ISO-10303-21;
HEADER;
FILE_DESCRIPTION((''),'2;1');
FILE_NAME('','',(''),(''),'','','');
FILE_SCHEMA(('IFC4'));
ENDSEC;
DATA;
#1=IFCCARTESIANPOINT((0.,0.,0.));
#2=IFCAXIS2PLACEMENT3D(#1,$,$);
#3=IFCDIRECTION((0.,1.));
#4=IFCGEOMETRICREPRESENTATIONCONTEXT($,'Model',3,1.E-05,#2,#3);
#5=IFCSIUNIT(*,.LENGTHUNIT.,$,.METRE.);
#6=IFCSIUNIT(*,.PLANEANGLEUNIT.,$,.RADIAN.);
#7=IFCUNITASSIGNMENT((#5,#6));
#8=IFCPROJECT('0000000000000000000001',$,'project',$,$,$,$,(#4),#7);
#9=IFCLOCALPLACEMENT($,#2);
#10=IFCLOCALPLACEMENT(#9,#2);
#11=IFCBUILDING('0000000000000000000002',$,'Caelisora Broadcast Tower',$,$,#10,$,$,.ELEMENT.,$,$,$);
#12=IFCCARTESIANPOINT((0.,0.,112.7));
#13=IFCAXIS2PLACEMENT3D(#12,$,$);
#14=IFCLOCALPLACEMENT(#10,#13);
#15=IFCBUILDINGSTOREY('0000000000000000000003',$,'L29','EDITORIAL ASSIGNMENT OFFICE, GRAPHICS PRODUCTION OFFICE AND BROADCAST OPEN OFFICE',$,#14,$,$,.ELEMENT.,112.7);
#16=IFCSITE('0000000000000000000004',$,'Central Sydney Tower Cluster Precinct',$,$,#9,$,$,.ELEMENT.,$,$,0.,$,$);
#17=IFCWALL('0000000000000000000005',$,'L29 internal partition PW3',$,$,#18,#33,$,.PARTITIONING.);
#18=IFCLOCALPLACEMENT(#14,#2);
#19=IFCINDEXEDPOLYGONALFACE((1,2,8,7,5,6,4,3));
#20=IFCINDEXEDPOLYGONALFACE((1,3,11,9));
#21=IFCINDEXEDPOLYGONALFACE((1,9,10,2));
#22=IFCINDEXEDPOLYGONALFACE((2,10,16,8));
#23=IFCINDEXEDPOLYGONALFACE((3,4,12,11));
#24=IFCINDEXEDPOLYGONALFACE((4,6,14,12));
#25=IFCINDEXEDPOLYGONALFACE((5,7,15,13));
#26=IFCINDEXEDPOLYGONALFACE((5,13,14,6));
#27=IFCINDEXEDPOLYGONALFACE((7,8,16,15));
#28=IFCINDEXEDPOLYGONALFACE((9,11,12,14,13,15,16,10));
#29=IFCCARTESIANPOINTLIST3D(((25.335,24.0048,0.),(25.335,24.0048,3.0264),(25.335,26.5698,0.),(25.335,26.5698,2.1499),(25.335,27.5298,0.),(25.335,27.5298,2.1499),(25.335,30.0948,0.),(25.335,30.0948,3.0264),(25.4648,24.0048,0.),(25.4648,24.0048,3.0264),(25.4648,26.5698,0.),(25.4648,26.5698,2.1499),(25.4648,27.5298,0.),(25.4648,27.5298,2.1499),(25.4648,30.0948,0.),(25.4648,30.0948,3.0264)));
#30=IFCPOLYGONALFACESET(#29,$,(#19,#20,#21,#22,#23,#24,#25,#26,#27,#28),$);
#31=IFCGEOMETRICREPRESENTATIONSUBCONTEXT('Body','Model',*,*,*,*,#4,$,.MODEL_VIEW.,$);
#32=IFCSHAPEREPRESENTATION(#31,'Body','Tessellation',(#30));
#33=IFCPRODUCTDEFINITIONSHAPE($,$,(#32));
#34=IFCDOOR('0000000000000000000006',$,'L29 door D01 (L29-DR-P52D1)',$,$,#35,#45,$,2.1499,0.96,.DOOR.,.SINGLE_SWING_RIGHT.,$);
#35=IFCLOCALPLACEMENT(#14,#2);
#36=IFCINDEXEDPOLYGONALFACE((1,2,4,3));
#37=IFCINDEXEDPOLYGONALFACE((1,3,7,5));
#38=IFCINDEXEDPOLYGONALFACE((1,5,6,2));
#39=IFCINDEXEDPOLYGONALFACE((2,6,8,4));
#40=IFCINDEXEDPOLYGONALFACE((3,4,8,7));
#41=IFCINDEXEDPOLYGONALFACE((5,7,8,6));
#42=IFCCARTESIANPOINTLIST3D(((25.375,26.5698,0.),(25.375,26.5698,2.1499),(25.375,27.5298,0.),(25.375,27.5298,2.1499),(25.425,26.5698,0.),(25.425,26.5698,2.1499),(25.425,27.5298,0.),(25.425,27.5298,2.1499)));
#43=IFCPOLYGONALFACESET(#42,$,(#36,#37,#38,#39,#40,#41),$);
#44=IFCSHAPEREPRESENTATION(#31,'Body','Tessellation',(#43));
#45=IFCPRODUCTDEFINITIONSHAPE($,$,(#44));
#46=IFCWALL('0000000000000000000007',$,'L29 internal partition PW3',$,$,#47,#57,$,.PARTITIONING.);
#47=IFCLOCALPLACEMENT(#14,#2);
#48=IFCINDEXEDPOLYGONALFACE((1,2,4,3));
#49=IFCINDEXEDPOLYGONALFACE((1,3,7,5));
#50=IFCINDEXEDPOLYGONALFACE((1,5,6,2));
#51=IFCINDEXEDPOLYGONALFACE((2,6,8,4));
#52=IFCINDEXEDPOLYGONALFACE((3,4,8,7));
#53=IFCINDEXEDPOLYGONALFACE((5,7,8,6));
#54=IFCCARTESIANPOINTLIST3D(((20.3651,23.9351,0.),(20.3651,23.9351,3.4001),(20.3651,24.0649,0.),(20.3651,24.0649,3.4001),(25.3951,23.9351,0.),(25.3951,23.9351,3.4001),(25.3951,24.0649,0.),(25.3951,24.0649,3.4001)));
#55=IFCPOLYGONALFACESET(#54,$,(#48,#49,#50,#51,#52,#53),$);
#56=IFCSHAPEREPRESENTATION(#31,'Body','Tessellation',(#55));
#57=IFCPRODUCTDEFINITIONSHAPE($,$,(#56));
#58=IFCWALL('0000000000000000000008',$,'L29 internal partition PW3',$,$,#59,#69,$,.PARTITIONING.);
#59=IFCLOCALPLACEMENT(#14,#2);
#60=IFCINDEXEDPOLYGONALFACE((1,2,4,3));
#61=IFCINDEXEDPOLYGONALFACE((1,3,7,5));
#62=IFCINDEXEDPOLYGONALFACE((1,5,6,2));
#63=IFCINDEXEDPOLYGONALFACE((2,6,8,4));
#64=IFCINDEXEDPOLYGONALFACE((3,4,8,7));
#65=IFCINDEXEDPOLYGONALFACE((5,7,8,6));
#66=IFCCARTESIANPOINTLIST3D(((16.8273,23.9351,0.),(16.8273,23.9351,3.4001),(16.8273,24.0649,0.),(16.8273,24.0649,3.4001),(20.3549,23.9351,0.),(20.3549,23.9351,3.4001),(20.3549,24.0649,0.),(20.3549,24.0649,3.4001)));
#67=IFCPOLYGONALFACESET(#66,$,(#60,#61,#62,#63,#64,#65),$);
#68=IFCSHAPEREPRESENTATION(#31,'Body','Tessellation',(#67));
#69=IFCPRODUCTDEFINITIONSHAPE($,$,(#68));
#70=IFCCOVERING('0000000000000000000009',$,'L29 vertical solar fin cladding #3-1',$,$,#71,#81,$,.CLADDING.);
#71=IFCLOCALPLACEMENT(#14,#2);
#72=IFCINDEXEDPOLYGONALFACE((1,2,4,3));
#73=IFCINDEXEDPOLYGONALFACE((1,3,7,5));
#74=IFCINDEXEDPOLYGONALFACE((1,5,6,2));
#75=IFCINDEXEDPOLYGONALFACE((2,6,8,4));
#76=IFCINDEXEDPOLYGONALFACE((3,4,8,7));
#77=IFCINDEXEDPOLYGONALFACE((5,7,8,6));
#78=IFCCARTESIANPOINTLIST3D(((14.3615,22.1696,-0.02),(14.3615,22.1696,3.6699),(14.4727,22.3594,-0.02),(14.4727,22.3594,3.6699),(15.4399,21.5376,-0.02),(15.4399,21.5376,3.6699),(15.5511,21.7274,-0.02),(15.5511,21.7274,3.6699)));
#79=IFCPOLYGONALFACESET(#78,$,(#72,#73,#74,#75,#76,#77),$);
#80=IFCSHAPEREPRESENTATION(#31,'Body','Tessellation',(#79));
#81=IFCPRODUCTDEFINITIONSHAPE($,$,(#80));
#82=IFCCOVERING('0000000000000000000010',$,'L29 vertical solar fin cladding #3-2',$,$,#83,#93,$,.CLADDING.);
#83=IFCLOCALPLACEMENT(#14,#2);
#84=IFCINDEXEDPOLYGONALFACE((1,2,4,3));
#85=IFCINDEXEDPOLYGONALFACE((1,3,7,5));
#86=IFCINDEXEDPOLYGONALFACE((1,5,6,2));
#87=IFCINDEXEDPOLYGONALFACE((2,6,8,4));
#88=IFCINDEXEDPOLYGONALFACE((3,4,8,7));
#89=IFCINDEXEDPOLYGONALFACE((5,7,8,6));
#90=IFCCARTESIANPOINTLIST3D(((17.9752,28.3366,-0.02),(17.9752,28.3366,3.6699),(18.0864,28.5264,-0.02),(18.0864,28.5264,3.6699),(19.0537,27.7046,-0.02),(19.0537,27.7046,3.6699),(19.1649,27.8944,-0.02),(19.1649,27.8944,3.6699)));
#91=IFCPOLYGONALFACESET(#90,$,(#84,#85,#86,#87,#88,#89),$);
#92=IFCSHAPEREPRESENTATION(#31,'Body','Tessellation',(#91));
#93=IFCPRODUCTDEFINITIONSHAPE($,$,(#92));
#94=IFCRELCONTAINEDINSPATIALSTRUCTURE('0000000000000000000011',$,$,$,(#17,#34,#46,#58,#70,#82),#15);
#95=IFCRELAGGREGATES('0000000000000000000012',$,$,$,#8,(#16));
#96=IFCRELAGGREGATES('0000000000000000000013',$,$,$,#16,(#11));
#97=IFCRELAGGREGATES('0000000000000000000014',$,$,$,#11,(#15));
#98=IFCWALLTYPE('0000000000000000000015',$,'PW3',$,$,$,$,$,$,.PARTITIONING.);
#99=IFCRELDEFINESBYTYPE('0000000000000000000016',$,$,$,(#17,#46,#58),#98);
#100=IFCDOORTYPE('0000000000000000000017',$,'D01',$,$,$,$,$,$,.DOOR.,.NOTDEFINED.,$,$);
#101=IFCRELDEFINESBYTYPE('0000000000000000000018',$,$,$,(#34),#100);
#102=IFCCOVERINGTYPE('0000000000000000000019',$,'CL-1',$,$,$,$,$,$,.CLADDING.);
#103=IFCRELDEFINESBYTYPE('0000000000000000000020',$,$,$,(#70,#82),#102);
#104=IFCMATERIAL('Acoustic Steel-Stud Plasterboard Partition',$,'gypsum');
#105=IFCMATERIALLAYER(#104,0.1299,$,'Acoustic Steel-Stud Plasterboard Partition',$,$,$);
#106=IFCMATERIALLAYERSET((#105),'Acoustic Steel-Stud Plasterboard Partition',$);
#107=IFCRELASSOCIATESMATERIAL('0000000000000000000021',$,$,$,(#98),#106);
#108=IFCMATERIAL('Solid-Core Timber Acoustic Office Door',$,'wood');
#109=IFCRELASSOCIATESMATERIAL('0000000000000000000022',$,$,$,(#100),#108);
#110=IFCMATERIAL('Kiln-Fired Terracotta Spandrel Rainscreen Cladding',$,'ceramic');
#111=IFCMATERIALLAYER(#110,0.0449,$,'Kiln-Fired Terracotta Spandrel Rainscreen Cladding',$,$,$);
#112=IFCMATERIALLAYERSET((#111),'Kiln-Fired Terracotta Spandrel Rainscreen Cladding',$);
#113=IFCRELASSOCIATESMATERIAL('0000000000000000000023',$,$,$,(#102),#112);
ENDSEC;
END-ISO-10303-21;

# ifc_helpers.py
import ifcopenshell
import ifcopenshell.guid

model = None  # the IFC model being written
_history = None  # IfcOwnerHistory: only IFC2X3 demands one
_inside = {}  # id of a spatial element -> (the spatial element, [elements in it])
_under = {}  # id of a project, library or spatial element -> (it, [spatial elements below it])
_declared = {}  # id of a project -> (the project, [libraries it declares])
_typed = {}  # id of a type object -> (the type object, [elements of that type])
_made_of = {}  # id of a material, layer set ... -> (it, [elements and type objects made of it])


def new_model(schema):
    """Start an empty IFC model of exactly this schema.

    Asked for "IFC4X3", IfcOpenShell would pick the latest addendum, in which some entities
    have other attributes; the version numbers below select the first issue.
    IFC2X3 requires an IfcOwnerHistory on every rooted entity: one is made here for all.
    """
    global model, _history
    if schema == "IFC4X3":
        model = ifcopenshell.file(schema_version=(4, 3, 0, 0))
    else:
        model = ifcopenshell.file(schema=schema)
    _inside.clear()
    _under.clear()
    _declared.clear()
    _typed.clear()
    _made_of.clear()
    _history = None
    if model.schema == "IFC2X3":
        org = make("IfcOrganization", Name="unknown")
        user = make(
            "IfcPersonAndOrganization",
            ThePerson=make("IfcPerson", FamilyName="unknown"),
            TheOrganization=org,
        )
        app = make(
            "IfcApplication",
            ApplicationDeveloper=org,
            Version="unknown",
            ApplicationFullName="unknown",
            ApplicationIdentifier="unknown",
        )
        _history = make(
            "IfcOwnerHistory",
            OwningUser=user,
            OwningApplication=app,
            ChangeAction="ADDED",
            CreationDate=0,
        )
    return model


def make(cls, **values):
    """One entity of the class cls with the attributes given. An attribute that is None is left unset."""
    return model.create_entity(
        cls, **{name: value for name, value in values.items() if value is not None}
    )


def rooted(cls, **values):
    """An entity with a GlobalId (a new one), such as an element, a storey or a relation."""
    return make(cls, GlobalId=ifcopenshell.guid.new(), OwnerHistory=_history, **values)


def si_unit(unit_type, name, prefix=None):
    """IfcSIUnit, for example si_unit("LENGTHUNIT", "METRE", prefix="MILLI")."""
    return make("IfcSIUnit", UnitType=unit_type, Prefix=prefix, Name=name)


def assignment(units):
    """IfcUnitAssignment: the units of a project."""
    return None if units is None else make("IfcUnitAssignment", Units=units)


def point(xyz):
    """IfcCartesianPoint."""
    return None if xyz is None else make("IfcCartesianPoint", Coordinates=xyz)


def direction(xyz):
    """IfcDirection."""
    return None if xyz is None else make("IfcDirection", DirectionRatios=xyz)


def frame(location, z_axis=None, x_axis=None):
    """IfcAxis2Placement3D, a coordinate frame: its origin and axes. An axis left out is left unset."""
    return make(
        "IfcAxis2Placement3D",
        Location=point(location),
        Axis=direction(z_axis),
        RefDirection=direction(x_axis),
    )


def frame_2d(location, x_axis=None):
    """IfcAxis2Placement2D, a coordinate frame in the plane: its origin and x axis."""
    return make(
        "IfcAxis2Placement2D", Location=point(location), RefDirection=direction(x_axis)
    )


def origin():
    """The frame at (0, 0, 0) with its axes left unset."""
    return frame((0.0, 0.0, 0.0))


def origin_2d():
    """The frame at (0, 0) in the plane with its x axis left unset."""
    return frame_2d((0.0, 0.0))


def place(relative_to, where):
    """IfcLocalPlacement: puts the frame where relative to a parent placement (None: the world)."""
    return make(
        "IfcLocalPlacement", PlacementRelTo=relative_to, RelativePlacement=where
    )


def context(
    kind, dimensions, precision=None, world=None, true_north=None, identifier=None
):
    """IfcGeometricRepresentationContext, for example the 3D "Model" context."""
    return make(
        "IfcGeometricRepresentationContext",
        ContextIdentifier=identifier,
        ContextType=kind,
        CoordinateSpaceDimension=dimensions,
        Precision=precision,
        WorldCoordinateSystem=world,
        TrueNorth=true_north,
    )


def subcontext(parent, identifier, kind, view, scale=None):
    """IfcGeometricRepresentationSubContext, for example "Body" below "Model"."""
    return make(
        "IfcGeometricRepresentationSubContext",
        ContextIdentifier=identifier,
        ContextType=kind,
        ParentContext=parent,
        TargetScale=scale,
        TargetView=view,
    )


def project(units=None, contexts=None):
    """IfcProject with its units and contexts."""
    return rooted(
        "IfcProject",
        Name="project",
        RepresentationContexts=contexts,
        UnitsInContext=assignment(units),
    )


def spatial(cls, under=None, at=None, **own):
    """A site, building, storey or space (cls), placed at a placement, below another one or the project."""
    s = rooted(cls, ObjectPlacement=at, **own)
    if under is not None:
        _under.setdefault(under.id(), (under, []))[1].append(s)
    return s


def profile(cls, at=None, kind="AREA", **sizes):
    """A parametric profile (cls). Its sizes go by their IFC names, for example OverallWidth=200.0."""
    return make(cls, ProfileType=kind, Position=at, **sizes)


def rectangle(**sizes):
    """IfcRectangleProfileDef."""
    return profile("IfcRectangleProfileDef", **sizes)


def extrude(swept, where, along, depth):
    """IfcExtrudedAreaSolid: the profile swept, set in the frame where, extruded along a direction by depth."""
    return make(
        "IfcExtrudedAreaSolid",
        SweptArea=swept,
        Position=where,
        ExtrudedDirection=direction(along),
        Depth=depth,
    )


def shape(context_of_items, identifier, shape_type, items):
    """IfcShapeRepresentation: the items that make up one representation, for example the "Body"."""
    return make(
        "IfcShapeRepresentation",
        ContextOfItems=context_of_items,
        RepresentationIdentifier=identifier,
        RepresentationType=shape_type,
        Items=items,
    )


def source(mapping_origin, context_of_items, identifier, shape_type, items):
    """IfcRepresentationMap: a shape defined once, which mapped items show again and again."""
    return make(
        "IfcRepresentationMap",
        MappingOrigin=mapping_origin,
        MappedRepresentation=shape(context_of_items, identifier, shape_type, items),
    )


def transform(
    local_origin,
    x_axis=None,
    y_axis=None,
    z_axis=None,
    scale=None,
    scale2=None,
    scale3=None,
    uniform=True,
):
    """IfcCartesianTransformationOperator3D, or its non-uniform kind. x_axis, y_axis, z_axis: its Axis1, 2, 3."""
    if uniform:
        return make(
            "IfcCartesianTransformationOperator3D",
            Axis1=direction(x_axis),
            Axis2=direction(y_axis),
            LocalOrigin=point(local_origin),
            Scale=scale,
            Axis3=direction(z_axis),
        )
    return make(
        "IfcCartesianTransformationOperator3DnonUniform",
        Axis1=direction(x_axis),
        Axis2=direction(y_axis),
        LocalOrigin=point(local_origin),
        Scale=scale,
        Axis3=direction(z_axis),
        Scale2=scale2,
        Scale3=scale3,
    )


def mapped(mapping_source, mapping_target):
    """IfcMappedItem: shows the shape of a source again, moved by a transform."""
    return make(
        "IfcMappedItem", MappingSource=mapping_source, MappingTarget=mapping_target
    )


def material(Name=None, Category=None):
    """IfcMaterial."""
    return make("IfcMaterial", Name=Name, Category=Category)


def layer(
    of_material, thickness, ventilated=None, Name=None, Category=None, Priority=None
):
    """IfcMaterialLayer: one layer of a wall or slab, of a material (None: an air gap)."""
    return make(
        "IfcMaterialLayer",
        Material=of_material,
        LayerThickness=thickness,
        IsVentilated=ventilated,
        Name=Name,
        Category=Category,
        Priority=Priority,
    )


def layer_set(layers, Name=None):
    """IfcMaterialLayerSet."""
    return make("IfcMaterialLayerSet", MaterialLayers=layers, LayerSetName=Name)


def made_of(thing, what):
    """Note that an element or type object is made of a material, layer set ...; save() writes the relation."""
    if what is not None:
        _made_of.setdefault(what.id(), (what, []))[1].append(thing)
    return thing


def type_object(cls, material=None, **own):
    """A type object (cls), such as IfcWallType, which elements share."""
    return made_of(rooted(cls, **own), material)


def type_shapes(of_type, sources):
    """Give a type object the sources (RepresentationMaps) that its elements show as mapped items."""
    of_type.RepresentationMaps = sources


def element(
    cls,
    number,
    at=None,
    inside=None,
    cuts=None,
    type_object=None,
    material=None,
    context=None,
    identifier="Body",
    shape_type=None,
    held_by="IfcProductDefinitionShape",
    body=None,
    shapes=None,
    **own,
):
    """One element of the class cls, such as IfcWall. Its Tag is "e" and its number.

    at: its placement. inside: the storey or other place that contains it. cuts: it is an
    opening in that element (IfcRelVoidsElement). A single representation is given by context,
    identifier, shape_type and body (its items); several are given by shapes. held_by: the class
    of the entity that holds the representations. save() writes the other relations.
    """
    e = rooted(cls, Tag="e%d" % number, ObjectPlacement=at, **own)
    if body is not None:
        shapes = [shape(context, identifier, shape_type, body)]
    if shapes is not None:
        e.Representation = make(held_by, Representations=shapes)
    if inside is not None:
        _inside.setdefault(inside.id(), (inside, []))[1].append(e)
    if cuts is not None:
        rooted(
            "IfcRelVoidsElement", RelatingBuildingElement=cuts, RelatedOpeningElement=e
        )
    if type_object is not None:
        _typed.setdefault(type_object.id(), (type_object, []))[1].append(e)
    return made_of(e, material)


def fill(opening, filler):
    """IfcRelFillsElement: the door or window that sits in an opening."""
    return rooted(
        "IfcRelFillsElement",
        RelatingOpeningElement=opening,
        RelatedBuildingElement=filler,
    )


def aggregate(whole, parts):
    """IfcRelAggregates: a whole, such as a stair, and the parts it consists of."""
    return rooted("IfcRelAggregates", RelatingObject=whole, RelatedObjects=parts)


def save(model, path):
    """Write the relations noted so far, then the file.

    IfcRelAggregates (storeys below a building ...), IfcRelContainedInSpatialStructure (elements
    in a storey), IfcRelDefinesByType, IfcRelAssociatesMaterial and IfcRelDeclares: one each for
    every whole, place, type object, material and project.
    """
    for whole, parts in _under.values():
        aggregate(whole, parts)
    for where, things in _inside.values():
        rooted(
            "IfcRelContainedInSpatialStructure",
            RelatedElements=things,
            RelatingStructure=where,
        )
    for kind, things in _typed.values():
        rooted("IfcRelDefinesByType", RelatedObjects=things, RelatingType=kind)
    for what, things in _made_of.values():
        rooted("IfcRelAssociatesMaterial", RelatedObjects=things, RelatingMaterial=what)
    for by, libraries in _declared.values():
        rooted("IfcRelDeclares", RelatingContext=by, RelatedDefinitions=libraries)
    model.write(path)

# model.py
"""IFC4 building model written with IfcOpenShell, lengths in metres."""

from ifc_helpers import new_model, si_unit, direction, frame, frame_2d, origin, origin_2d, place, context, subcontext, project, spatial, rectangle, extrude, source, transform, mapped, material, layer, layer_set, type_object, type_shapes, element, fill, save


model = new_model("IFC4")

# Units and contexts
model_context = context("Model", 3, precision=1e-05, world=origin(), true_north=direction((0.0, 1.0)))
body_context = subcontext(model_context, "Body", "Model", "MODEL_VIEW")
ifc_project = project(units=[si_unit("LENGTHUNIT", "METRE"), si_unit("PLANEANGLEUNIT", "RADIAN")], contexts=[model_context])

# Site, building, storey
site_placement = place(None, origin())
site = spatial("IfcSite", under=ifc_project, at=site_placement, Name="Central Sydney Tower Cluster Precinct", CompositionType="ELEMENT", RefElevation=0.0)
building_placement = place(site_placement, origin())
building = spatial("IfcBuilding", under=site, at=building_placement, Name="Caelisora Broadcast Tower", CompositionType="ELEMENT")
storey_placement = place(building_placement, frame((0.0, 0.0, 112.7)))
storey = spatial("IfcBuildingStorey", under=building, at=storey_placement, Name="L29", Description="EDITORIAL ASSIGNMENT OFFICE, GRAPHICS PRODUCTION OFFICE AND BROADCAST OPEN OFFICE", CompositionType="ELEMENT", Elevation=112.7)

# Wall, opening, door
ifc_material_1 = material(Name="Acoustic Steel-Stud Plasterboard Partition", Category="gypsum")
ifc_layer_1 = layer(ifc_material_1, 0.1299, Name="Acoustic Steel-Stud Plasterboard Partition")
ifc_layer_set_1 = layer_set([ifc_layer_1], Name="Acoustic Steel-Stud Plasterboard Partition")
wall_type_1 = type_object("IfcWallType", Name="PW3", PredefinedType="PARTITIONING", material=ifc_layer_set_1)
wall_1_placement = place(storey_placement, frame((25.3999, 24.0049, 0.0), z_axis=(0.0, 0.0, 1.0), x_axis=(0.0, 1.0, 0.0)))
wall_1 = element("IfcWall", 1, at=wall_1_placement, inside=storey, type_object=wall_type_1, Name="L29 internal partition PW3", PredefinedType="PARTITIONING", context=body_context, shape_type="SweptSolid", body=[
    extrude(rectangle(XDim=6.0901, YDim=0.1299, at=frame_2d((3.0449, 0.0))), origin(), (0.0, 0.0, 1.0), 3.0264),
])
opening_1_placement = place(wall_1_placement, frame((2.5649, 0.0, 0.0)))
opening_1 = element("IfcOpeningElement", 2, at=opening_1_placement, cuts=wall_1, PredefinedType="OPENING", context=body_context, shape_type="SweptSolid", body=[
    extrude(rectangle(XDim=0.96, YDim=2.1499, at=frame_2d((0.48, 1.075))), frame((0.0, 0.0769, 0.0), z_axis=(0.0, -1.0, 0.0), x_axis=(1.0, 0.0, 0.0)), (0.0, 0.0, 1.0), 0.1538),
])
ifc_material_2 = material(Name="Solid-Core Timber Acoustic Office Door", Category="wood")
door_type_1 = type_object("IfcDoorType", Name="D01", OperationType="NOTDEFINED", PredefinedType="DOOR", material=ifc_material_2)
door_1_placement = place(opening_1_placement, origin())
door_1 = element("IfcDoor", 3, at=door_1_placement, inside=storey, type_object=door_type_1, Name="L29 door D01 (L29-DR-P52D1)", OperationType="SINGLE_SWING_RIGHT", OverallHeight=2.1499, OverallWidth=0.96, PredefinedType="DOOR", context=body_context, shape_type="SweptSolid", body=[
    extrude(rectangle(XDim=0.96, YDim=2.1499, at=frame_2d((0.48, 1.075))), frame((0.0, 0.0249, 0.0), z_axis=(0.0, -1.0, 0.0), x_axis=(1.0, 0.0, 0.0)), (0.0, 0.0, 1.0), 0.05),
])
fill(opening_1, door_1)

# Walls
wall_2_placement = place(storey_placement, frame((20.365, 24.0, 0.0), z_axis=(0.0, 0.0, 1.0), x_axis=(1.0, 0.0, 0.0)))
element("IfcWall", 4, at=wall_2_placement, inside=storey, type_object=wall_type_1, Name="L29 internal partition PW3", PredefinedType="PARTITIONING", context=body_context, shape_type="SweptSolid", body=[
    extrude(rectangle(XDim=5.03, YDim=0.1299, at=frame_2d((2.5151, 0.0))), origin(), (0.0, 0.0, 1.0), 3.4001),
])
wall_3_placement = place(storey_placement, frame((16.8274, 24.0, 0.0), z_axis=(0.0, 0.0, 1.0), x_axis=(1.0, 0.0, 0.0)))
element("IfcWall", 5, at=wall_3_placement, inside=storey, type_object=wall_type_1, Name="L29 internal partition PW3", PredefinedType="PARTITIONING", context=body_context, shape_type="SweptSolid", body=[
    extrude(rectangle(XDim=3.5276, YDim=0.1299, at=frame_2d((1.7637, 0.0))), origin(), (0.0, 0.0, 1.0), 3.4001),
])

# Coverings
ifc_material_3 = material(Name="Kiln-Fired Terracotta Spandrel Rainscreen Cladding", Category="ceramic")
ifc_layer_2 = layer(ifc_material_3, 0.0449, Name="Kiln-Fired Terracotta Spandrel Rainscreen Cladding")
ifc_layer_set_2 = layer_set([ifc_layer_2], Name="Kiln-Fired Terracotta Spandrel Rainscreen Cladding")
covering_type = type_object("IfcCoveringType", Name="CL-1", PredefinedType="CLADDING", material=ifc_layer_set_2)
shared_shape_1 = source(origin(), body_context, "Body", "SweptSolid", [
    extrude(rectangle(XDim=0.22, YDim=1.25, at=origin_2d()), origin(), (0.0, 0.0, 1.0), 3.6899),
])
type_shapes(covering_type, [shared_shape_1])
for number, where, z_axis, x_axis, name in (
    (6, (14.9563, 21.9485, -0.02), (0.0, 0.0, 1.0), (0.505582, 0.862779, 0.0), "L29 vertical solar fin cladding #3-1"),
    (7, (18.5701, 28.1155, -0.02), (0.0, 0.0, 1.0), (0.505582, 0.862779, 0.0), "L29 vertical solar fin cladding #3-2"),
):
    element("IfcCovering", number, at=place(storey_placement, frame(where, z_axis=z_axis, x_axis=x_axis)), inside=storey, type_object=covering_type, Name=name, PredefinedType="CLADDING", context=body_context, shape_type="MappedRepresentation", body=[
        mapped(shared_shape_1, transform((0.0, 0.0, 0.0), scale=1.0)),
    ])

save(model, "model.ifc")
